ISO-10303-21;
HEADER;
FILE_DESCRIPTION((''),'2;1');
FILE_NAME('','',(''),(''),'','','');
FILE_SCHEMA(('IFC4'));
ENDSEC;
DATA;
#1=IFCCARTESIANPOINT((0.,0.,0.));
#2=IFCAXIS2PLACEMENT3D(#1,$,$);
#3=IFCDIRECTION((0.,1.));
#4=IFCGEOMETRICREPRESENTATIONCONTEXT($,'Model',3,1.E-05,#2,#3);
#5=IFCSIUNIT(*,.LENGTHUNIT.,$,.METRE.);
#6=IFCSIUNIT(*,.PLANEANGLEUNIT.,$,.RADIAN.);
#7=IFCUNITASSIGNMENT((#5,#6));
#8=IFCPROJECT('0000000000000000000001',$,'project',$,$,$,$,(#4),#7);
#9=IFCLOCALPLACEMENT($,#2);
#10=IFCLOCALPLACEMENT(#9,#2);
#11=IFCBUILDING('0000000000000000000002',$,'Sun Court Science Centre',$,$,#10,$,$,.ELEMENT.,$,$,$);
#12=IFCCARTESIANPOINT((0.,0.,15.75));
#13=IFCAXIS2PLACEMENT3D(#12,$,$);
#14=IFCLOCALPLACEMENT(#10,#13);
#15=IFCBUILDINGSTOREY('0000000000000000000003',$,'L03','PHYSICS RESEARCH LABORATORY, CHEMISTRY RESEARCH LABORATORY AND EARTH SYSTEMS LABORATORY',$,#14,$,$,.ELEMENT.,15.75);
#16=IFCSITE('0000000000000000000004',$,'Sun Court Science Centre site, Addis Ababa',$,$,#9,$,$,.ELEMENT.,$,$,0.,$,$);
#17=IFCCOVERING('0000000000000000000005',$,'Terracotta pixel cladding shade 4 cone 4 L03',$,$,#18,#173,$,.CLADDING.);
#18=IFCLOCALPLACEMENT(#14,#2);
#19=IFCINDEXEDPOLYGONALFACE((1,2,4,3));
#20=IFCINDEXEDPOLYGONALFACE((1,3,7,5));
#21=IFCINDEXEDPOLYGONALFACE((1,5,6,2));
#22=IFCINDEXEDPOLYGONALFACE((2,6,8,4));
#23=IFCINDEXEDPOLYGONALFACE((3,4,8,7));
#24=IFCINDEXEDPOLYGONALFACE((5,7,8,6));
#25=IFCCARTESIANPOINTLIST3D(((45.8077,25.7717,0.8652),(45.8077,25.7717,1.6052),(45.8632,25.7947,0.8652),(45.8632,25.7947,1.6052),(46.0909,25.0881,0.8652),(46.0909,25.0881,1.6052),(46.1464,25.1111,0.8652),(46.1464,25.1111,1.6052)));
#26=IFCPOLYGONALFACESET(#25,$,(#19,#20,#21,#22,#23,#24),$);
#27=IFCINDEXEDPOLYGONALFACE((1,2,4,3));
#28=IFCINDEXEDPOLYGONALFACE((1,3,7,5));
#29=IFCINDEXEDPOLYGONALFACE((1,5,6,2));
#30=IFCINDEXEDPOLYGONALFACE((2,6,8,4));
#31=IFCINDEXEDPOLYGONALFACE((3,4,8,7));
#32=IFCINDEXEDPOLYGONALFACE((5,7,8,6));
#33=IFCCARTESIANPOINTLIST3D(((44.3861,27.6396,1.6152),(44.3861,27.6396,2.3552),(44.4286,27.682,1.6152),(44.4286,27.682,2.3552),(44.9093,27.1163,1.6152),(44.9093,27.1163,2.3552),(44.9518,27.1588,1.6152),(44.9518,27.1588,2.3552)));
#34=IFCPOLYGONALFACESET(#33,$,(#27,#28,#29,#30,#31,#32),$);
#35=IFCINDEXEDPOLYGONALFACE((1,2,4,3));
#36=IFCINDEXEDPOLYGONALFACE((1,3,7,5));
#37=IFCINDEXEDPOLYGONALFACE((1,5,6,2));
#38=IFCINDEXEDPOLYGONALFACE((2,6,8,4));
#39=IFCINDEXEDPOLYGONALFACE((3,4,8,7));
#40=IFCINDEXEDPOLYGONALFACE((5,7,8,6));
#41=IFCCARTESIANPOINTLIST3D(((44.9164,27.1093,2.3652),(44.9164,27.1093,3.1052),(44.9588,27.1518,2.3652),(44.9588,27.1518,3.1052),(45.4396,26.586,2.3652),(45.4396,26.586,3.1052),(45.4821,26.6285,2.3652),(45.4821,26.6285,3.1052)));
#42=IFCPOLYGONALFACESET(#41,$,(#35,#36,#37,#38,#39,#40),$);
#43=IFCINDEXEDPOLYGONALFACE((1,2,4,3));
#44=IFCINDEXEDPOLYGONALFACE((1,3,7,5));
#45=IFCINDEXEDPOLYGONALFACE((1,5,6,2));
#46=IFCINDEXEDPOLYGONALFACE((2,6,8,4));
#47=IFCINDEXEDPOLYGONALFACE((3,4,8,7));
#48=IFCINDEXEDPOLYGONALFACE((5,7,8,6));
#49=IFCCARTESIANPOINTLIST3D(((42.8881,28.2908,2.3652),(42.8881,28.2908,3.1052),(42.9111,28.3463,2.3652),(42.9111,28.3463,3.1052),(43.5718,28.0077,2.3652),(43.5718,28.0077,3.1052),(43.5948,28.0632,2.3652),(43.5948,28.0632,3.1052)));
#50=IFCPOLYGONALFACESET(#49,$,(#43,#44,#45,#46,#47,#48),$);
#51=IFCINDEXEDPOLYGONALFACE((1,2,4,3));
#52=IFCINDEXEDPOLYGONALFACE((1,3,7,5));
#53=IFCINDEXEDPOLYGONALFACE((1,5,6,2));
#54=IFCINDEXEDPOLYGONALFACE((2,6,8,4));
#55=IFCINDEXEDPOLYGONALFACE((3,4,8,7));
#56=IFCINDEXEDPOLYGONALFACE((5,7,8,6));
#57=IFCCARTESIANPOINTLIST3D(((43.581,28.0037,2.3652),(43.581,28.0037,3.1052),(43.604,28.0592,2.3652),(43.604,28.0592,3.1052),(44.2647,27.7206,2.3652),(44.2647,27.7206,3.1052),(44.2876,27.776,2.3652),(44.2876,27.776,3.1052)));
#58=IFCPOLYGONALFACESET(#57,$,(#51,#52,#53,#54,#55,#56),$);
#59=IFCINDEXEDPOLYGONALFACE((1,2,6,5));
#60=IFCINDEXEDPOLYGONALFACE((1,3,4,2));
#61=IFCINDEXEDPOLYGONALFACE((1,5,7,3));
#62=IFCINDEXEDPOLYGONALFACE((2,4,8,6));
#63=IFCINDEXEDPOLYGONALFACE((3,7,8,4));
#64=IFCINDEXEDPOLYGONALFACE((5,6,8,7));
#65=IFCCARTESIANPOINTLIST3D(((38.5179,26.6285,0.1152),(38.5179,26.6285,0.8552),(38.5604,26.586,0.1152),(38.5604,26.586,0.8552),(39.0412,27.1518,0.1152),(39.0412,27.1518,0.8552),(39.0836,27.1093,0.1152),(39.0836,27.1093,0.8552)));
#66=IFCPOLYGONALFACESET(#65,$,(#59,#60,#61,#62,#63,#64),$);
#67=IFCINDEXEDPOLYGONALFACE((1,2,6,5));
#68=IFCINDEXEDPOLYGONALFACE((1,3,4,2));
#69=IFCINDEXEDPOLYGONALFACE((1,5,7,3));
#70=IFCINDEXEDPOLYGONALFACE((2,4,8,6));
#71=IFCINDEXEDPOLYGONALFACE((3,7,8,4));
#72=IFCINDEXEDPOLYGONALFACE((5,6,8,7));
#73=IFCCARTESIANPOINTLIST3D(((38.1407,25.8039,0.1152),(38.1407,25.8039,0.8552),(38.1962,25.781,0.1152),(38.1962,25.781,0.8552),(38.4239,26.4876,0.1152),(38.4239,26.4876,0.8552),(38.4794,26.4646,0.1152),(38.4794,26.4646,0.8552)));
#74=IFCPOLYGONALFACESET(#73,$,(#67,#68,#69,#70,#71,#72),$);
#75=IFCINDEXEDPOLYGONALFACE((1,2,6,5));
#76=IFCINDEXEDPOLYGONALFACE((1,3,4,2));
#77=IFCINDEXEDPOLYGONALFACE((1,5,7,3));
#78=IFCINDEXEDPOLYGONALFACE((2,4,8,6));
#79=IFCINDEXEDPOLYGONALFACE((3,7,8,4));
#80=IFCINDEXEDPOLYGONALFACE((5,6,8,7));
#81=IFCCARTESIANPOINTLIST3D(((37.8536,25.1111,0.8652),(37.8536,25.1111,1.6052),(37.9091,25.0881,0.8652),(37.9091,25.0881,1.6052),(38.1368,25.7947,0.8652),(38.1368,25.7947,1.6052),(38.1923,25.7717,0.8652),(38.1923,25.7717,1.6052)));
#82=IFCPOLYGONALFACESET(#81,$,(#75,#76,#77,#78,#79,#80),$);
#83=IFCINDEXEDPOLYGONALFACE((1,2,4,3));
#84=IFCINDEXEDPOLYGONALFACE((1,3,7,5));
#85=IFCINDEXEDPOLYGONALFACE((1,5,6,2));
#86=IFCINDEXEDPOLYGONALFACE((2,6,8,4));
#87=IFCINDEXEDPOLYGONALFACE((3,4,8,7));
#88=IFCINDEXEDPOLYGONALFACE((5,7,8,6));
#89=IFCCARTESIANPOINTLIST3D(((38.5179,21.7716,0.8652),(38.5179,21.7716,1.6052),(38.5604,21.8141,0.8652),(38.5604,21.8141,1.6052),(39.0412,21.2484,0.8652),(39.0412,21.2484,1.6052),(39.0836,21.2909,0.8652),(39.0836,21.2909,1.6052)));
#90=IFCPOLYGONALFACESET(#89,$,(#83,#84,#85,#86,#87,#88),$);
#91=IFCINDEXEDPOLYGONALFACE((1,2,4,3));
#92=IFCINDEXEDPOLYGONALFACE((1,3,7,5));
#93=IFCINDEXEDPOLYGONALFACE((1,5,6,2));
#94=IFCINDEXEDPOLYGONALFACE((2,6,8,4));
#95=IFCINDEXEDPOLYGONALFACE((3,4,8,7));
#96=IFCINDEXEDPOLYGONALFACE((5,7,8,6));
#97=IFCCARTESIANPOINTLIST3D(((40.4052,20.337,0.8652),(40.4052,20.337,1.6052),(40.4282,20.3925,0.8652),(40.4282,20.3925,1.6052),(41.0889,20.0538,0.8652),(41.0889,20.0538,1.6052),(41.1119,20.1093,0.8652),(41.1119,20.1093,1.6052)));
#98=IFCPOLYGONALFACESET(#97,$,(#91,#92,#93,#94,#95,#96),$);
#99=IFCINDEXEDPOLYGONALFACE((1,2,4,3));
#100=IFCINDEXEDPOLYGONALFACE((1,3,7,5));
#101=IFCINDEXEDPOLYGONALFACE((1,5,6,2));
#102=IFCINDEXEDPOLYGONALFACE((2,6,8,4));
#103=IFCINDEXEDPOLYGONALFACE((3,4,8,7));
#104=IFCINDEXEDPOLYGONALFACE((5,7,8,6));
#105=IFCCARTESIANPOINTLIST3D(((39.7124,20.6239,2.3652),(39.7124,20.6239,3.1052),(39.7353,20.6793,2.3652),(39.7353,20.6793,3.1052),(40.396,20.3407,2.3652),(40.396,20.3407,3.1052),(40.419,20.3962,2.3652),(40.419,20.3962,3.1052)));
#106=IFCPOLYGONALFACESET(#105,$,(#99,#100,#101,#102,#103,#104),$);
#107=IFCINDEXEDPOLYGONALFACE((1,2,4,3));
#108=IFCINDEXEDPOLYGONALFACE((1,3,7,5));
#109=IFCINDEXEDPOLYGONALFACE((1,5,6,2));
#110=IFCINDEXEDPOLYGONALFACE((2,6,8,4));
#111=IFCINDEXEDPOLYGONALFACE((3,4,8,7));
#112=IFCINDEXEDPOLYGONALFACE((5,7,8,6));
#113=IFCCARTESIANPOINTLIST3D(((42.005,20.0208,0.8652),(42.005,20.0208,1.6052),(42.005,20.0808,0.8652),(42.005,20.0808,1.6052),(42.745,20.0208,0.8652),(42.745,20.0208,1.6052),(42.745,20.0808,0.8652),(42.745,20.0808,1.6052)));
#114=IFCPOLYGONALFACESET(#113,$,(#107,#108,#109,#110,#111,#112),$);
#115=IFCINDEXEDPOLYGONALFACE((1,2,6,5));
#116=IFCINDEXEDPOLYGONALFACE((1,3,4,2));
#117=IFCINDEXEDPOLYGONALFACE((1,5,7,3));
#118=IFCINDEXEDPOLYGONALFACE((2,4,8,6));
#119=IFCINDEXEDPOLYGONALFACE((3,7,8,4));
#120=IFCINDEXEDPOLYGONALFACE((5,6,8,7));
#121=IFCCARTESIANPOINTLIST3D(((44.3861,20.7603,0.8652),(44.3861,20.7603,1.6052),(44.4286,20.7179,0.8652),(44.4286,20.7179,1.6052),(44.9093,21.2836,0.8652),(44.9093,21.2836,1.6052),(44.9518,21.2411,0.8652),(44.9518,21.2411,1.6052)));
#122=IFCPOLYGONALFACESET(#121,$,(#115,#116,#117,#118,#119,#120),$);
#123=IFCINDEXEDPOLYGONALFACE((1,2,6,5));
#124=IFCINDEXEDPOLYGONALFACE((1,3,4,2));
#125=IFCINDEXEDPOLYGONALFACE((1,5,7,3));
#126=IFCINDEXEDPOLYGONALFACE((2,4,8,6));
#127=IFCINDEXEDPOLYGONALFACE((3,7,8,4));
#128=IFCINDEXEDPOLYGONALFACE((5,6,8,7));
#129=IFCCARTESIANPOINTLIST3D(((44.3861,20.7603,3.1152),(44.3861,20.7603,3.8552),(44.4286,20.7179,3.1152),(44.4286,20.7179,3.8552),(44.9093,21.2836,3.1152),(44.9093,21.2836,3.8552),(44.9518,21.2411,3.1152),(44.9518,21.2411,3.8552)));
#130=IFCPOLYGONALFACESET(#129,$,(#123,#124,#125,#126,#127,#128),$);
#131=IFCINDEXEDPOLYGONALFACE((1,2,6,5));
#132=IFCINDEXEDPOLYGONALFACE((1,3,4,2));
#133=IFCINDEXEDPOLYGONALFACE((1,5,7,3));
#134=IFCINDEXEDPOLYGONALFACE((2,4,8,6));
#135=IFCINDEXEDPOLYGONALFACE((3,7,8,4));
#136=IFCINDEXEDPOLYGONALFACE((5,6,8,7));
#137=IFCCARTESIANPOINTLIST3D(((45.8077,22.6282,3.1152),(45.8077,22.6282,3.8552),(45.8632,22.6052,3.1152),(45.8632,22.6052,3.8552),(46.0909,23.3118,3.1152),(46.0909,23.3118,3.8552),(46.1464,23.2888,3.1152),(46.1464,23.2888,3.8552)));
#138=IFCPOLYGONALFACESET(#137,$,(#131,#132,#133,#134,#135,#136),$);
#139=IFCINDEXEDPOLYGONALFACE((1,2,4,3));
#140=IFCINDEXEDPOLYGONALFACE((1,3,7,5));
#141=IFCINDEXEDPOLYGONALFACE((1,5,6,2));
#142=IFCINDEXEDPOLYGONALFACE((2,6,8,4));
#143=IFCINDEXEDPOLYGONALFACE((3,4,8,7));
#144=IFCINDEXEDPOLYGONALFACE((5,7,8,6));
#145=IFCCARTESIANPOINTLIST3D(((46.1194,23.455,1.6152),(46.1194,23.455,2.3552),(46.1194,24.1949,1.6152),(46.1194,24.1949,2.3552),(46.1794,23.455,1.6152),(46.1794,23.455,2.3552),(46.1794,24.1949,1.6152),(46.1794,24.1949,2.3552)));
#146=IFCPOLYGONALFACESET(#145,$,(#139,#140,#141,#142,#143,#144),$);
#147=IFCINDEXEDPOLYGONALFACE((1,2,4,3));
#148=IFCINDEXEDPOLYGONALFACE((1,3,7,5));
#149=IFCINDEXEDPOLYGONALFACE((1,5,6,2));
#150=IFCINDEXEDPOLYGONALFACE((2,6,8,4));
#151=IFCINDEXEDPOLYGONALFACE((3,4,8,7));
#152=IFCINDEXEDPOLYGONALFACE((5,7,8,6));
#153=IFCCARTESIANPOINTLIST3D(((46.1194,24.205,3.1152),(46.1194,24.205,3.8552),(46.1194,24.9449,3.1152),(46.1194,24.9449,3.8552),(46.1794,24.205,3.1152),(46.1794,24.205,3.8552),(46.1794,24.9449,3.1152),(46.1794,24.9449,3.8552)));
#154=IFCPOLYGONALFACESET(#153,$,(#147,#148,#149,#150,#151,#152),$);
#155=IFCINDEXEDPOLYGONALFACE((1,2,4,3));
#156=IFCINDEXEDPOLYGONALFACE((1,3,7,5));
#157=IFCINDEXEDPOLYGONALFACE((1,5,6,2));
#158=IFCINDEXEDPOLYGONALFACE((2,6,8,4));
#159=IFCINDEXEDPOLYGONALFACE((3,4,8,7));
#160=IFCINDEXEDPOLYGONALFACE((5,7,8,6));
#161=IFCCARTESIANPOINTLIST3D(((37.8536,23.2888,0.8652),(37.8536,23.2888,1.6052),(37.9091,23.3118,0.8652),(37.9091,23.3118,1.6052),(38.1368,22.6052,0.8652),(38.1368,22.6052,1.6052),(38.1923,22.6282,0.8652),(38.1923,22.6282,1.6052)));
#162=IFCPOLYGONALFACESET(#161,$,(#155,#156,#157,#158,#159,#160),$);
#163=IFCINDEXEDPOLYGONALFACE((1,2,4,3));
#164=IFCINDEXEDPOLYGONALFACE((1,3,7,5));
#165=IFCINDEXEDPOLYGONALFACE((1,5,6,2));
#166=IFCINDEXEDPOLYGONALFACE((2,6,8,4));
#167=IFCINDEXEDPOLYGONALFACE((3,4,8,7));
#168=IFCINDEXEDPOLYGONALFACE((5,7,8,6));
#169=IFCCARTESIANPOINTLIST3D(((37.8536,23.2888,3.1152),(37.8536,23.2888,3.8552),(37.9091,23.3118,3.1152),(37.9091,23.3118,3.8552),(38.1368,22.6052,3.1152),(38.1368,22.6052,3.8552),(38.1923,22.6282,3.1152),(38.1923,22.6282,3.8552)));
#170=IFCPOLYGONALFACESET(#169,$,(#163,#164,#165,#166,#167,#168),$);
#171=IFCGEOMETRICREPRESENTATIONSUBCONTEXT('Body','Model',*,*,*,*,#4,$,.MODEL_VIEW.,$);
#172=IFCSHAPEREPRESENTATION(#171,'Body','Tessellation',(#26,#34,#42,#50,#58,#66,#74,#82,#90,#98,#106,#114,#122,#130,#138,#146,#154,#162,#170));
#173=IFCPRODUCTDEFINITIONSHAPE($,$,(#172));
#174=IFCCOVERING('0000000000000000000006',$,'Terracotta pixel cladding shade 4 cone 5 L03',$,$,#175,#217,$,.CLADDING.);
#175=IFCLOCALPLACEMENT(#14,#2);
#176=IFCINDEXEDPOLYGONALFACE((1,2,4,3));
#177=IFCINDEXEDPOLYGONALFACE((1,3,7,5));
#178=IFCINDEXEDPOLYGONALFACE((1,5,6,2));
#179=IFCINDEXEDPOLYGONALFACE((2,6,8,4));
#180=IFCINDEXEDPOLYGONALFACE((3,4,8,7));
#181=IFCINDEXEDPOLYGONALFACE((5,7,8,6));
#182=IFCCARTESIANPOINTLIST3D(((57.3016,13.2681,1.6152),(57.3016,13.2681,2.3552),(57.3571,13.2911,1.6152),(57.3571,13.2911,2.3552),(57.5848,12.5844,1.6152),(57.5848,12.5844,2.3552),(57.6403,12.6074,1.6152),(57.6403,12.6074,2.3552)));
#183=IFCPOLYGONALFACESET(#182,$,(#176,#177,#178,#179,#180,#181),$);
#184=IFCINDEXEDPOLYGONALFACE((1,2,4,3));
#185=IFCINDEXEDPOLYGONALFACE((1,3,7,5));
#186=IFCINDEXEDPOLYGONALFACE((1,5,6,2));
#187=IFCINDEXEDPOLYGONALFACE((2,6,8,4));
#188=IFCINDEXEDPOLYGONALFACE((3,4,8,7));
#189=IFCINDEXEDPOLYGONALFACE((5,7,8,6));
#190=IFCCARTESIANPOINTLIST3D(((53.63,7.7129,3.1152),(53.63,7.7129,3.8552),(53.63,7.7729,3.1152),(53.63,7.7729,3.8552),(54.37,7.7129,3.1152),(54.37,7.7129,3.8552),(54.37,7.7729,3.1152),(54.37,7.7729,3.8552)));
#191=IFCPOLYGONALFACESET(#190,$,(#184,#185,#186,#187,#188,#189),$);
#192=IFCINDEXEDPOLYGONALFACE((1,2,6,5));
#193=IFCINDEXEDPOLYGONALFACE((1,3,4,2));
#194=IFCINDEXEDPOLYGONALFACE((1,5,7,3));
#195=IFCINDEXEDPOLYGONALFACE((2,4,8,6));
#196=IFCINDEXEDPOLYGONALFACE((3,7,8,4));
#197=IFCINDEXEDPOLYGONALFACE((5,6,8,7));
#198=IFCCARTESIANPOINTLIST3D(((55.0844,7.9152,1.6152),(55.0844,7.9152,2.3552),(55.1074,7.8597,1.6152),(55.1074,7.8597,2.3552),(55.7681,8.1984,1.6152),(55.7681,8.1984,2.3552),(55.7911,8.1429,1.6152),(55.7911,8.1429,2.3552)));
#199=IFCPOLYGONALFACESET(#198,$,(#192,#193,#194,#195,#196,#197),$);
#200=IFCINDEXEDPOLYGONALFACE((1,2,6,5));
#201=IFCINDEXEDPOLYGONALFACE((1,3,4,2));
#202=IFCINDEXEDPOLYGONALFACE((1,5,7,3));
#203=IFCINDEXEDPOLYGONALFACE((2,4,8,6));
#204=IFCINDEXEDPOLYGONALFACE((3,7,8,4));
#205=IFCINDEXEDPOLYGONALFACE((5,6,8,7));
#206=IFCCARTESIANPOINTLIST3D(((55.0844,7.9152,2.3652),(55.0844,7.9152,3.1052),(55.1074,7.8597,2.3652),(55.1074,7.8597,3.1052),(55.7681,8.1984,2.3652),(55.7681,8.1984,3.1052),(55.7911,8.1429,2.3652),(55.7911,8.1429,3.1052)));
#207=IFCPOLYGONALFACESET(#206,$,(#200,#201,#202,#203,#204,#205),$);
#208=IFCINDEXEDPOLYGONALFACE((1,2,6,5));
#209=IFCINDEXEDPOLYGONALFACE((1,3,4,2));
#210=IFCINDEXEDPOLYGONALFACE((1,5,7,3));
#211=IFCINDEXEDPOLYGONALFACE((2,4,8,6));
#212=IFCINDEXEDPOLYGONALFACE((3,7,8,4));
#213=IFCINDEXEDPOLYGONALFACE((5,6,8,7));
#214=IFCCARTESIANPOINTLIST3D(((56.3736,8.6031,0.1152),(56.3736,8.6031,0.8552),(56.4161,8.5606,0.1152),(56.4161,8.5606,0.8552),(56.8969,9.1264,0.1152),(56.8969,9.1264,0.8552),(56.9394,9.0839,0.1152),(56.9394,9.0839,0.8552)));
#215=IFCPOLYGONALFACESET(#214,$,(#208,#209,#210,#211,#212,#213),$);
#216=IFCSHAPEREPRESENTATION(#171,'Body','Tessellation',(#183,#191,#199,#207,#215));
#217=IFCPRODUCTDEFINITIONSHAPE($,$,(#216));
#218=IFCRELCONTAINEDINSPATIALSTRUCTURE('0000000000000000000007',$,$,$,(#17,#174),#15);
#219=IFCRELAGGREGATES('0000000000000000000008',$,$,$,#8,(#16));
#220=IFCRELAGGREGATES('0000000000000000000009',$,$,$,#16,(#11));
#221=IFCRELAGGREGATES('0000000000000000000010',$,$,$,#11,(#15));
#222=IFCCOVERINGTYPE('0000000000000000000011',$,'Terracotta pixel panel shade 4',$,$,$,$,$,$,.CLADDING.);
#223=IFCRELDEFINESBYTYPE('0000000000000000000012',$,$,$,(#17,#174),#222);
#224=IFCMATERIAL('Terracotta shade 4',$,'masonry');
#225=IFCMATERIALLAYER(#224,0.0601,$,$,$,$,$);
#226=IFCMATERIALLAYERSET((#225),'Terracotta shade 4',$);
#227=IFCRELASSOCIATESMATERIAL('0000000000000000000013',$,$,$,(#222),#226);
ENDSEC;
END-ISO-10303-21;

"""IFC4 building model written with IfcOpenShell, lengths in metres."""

from ifc_helpers import new_model, si_unit, direction, frame, origin, origin_2d, place, context, subcontext, project, spatial, rectangle, extrude, material, layer, layer_set, type_object, element, save


model = new_model("IFC4")

# Units and contexts
model_context = context("Model", 3, precision=1e-05, world=origin(), true_north=direction((0.0, 1.0)))
body_context = subcontext(model_context, "Body", "Model", "MODEL_VIEW")
ifc_project = project(units=[si_unit("LENGTHUNIT", "METRE"), si_unit("PLANEANGLEUNIT", "RADIAN")], contexts=[model_context])

# Site, building, storey
site_placement = place(None, origin())
site = spatial("IfcSite", under=ifc_project, at=site_placement, Name="Sun Court Science Centre site, Addis Ababa", CompositionType="ELEMENT", RefElevation=0.0)
building_placement = place(site_placement, origin())
building = spatial("IfcBuilding", under=site, at=building_placement, Name="Sun Court Science Centre", CompositionType="ELEMENT")
storey_placement = place(building_placement, frame((0.0, 0.0, 15.75)))
storey = spatial("IfcBuildingStorey", under=building, at=storey_placement, Name="L03", Description="PHYSICS RESEARCH LABORATORY, CHEMISTRY RESEARCH LABORATORY AND EARTH SYSTEMS LABORATORY", CompositionType="ELEMENT", Elevation=15.75)

# Coverings
ifc_material_1 = material(Name="Terracotta shade 4", Category="masonry")
ifc_layer_1 = layer(ifc_material_1, 0.0601)
ifc_layer_set_1 = layer_set([ifc_layer_1], Name="Terracotta shade 4")
covering_type_1 = type_object("IfcCoveringType", Name="Terracotta pixel panel shade 4", PredefinedType="CLADDING", material=ifc_layer_set_1)
covering_1_placement = place(storey_placement, frame((0.0, 0.0, -15.75)))
element("IfcCovering", 1, at=covering_1_placement, inside=storey, type_object=covering_type_1, Name="Terracotta pixel cladding shade 4 cone 4 L03", PredefinedType="CLADDING", context=body_context, shape_type="SweptSolid", body=[
    extrude(rectangle(XDim=0.74, YDim=0.0601, at=origin_2d()), frame((45.9771, 25.4414, 16.6152), z_axis=(0.0, 0.0, 1.0), x_axis=(0.382683, -0.92388, 0.0)), (0.0, 0.0, 1.0), 0.74),
    extrude(rectangle(XDim=0.74, YDim=0.0601, at=origin_2d()), frame((44.6689, 27.3992, 17.3652), z_axis=(0.0, 0.0, 1.0), x_axis=(0.707107, -0.707107, 0.0)), (0.0, 0.0, 1.0), 0.74),
    extrude(rectangle(XDim=0.74, YDim=0.0601, at=origin_2d()), frame((45.1992, 26.8689, 18.1152), z_axis=(0.0, 0.0, 1.0), x_axis=(0.707107, -0.707107, 0.0)), (0.0, 0.0, 1.0), 0.74),
    extrude(rectangle(XDim=0.74, YDim=0.0601, at=origin_2d()), frame((43.2415, 28.177, 18.1152), z_axis=(0.0, 0.0, 1.0), x_axis=(0.92388, -0.382683, 0.0)), (0.0, 0.0, 1.0), 0.74),
    extrude(rectangle(XDim=0.74, YDim=0.0601, at=origin_2d()), frame((43.9343, 27.8899, 18.1152), z_axis=(0.0, 0.0, 1.0), x_axis=(0.92388, -0.382683, 0.0)), (0.0, 0.0, 1.0), 0.74),
    extrude(rectangle(XDim=0.74, YDim=0.0601, at=origin_2d()), frame((38.8008, 26.8689, 15.8652), z_axis=(0.0, 0.0, 1.0), x_axis=(0.707107, 0.707107, 0.0)), (0.0, 0.0, 1.0), 0.74),
    extrude(rectangle(XDim=0.74, YDim=0.0601, at=origin_2d()), frame((38.3101, 26.1343, 15.8652), z_axis=(0.0, 0.0, 1.0), x_axis=(0.382683, 0.92388, 0.0)), (0.0, 0.0, 1.0), 0.74),
    extrude(rectangle(XDim=0.74, YDim=0.0601, at=origin_2d()), frame((38.0229, 25.4414, 16.6152), z_axis=(0.0, 0.0, 1.0), x_axis=(0.382683, 0.92388, 0.0)), (0.0, 0.0, 1.0), 0.74),
    extrude(rectangle(XDim=0.74, YDim=0.0601, at=origin_2d()), frame((38.8008, 21.5312, 16.6152), z_axis=(0.0, 0.0, 1.0), x_axis=(-0.707107, 0.707107, 0.0)), (0.0, 0.0, 1.0), 0.74),
    extrude(rectangle(XDim=0.74, YDim=0.0601, at=origin_2d()), frame((40.7585, 20.2231, 16.6152), z_axis=(0.0, 0.0, 1.0), x_axis=(-0.92388, 0.382683, 0.0)), (0.0, 0.0, 1.0), 0.74),
    extrude(rectangle(XDim=0.74, YDim=0.0601, at=origin_2d()), frame((40.0657, 20.51, 18.1152), z_axis=(0.0, 0.0, 1.0), x_axis=(-0.92388, 0.382683, 0.0)), (0.0, 0.0, 1.0), 0.74),
    extrude(rectangle(XDim=0.74, YDim=0.0601, at=origin_2d()), frame((42.375, 20.0508, 16.6152), z_axis=(0.0, 0.0, 1.0), x_axis=(-1.0, 0.0, 0.0)), (0.0, 0.0, 1.0), 0.74),
    extrude(rectangle(XDim=0.74, YDim=0.0601, at=origin_2d()), frame((44.6689, 21.0007, 16.6152), z_axis=(0.0, 0.0, 1.0), x_axis=(-0.707107, -0.707107, 0.0)), (0.0, 0.0, 1.0), 0.74),
    extrude(rectangle(XDim=0.74, YDim=0.0601, at=origin_2d()), frame((44.6689, 21.0007, 18.8652), z_axis=(0.0, 0.0, 1.0), x_axis=(-0.707107, -0.707107, 0.0)), (0.0, 0.0, 1.0), 0.74),
    extrude(rectangle(XDim=0.74, YDim=0.0601, at=origin_2d()), frame((45.9771, 22.9585, 18.8652), z_axis=(0.0, 0.0, 1.0), x_axis=(-0.382683, -0.92388, 0.0)), (0.0, 0.0, 1.0), 0.74),
    extrude(rectangle(XDim=0.74, YDim=0.0601, at=origin_2d()), frame((46.1494, 23.825, 17.3652), z_axis=(0.0, 0.0, 1.0), x_axis=(0.0, -1.0, 0.0)), (0.0, 0.0, 1.0), 0.74),
    extrude(rectangle(XDim=0.74, YDim=0.0601, at=origin_2d()), frame((46.1494, 24.575, 18.8652), z_axis=(0.0, 0.0, 1.0), x_axis=(0.0, -1.0, 0.0)), (0.0, 0.0, 1.0), 0.74),
    extrude(rectangle(XDim=0.74, YDim=0.0601, at=origin_2d()), frame((38.0229, 22.9585, 16.6152), z_axis=(0.0, 0.0, 1.0), x_axis=(-0.382683, 0.92388, 0.0)), (0.0, 0.0, 1.0), 0.74),
    extrude(rectangle(XDim=0.74, YDim=0.0601, at=origin_2d()), frame((38.0229, 22.9585, 18.8652), z_axis=(0.0, 0.0, 1.0), x_axis=(-0.382683, 0.92388, 0.0)), (0.0, 0.0, 1.0), 0.74),
])
covering_2_placement = place(storey_placement, frame((0.0, 0.0, -15.75)))
element("IfcCovering", 2, at=covering_2_placement, inside=storey, type_object=covering_type_1, Name="Terracotta pixel cladding shade 4 cone 5 L03", PredefinedType="CLADDING", context=body_context, shape_type="SweptSolid", body=[
    extrude(rectangle(XDim=0.74, YDim=0.0601, at=origin_2d()), frame((57.4709, 12.9377, 17.3652), z_axis=(0.0, 0.0, 1.0), x_axis=(0.382683, -0.92388, 0.0)), (0.0, 0.0, 1.0), 0.74),
    extrude(rectangle(XDim=0.74, YDim=0.0601, at=origin_2d()), frame((54.0, 7.7429, 18.8652), z_axis=(0.0, 0.0, 1.0), x_axis=(-1.0, 0.0, 0.0)), (0.0, 0.0, 1.0), 0.74),
    extrude(rectangle(XDim=0.74, YDim=0.0601, at=origin_2d()), frame((55.4377, 8.0291, 17.3652), z_axis=(0.0, 0.0, 1.0), x_axis=(-0.92388, -0.382683, 0.0)), (0.0, 0.0, 1.0), 0.74),
    extrude(rectangle(XDim=0.74, YDim=0.0601, at=origin_2d()), frame((55.4377, 8.0291, 18.1152), z_axis=(0.0, 0.0, 1.0), x_axis=(-0.92388, -0.382683, 0.0)), (0.0, 0.0, 1.0), 0.74),
    extrude(rectangle(XDim=0.74, YDim=0.0601, at=origin_2d()), frame((56.6565, 8.8435, 15.8652), z_axis=(0.0, 0.0, 1.0), x_axis=(-0.707107, -0.707107, 0.0)), (0.0, 0.0, 1.0), 0.74),
])

save(model, "model.ifc")
